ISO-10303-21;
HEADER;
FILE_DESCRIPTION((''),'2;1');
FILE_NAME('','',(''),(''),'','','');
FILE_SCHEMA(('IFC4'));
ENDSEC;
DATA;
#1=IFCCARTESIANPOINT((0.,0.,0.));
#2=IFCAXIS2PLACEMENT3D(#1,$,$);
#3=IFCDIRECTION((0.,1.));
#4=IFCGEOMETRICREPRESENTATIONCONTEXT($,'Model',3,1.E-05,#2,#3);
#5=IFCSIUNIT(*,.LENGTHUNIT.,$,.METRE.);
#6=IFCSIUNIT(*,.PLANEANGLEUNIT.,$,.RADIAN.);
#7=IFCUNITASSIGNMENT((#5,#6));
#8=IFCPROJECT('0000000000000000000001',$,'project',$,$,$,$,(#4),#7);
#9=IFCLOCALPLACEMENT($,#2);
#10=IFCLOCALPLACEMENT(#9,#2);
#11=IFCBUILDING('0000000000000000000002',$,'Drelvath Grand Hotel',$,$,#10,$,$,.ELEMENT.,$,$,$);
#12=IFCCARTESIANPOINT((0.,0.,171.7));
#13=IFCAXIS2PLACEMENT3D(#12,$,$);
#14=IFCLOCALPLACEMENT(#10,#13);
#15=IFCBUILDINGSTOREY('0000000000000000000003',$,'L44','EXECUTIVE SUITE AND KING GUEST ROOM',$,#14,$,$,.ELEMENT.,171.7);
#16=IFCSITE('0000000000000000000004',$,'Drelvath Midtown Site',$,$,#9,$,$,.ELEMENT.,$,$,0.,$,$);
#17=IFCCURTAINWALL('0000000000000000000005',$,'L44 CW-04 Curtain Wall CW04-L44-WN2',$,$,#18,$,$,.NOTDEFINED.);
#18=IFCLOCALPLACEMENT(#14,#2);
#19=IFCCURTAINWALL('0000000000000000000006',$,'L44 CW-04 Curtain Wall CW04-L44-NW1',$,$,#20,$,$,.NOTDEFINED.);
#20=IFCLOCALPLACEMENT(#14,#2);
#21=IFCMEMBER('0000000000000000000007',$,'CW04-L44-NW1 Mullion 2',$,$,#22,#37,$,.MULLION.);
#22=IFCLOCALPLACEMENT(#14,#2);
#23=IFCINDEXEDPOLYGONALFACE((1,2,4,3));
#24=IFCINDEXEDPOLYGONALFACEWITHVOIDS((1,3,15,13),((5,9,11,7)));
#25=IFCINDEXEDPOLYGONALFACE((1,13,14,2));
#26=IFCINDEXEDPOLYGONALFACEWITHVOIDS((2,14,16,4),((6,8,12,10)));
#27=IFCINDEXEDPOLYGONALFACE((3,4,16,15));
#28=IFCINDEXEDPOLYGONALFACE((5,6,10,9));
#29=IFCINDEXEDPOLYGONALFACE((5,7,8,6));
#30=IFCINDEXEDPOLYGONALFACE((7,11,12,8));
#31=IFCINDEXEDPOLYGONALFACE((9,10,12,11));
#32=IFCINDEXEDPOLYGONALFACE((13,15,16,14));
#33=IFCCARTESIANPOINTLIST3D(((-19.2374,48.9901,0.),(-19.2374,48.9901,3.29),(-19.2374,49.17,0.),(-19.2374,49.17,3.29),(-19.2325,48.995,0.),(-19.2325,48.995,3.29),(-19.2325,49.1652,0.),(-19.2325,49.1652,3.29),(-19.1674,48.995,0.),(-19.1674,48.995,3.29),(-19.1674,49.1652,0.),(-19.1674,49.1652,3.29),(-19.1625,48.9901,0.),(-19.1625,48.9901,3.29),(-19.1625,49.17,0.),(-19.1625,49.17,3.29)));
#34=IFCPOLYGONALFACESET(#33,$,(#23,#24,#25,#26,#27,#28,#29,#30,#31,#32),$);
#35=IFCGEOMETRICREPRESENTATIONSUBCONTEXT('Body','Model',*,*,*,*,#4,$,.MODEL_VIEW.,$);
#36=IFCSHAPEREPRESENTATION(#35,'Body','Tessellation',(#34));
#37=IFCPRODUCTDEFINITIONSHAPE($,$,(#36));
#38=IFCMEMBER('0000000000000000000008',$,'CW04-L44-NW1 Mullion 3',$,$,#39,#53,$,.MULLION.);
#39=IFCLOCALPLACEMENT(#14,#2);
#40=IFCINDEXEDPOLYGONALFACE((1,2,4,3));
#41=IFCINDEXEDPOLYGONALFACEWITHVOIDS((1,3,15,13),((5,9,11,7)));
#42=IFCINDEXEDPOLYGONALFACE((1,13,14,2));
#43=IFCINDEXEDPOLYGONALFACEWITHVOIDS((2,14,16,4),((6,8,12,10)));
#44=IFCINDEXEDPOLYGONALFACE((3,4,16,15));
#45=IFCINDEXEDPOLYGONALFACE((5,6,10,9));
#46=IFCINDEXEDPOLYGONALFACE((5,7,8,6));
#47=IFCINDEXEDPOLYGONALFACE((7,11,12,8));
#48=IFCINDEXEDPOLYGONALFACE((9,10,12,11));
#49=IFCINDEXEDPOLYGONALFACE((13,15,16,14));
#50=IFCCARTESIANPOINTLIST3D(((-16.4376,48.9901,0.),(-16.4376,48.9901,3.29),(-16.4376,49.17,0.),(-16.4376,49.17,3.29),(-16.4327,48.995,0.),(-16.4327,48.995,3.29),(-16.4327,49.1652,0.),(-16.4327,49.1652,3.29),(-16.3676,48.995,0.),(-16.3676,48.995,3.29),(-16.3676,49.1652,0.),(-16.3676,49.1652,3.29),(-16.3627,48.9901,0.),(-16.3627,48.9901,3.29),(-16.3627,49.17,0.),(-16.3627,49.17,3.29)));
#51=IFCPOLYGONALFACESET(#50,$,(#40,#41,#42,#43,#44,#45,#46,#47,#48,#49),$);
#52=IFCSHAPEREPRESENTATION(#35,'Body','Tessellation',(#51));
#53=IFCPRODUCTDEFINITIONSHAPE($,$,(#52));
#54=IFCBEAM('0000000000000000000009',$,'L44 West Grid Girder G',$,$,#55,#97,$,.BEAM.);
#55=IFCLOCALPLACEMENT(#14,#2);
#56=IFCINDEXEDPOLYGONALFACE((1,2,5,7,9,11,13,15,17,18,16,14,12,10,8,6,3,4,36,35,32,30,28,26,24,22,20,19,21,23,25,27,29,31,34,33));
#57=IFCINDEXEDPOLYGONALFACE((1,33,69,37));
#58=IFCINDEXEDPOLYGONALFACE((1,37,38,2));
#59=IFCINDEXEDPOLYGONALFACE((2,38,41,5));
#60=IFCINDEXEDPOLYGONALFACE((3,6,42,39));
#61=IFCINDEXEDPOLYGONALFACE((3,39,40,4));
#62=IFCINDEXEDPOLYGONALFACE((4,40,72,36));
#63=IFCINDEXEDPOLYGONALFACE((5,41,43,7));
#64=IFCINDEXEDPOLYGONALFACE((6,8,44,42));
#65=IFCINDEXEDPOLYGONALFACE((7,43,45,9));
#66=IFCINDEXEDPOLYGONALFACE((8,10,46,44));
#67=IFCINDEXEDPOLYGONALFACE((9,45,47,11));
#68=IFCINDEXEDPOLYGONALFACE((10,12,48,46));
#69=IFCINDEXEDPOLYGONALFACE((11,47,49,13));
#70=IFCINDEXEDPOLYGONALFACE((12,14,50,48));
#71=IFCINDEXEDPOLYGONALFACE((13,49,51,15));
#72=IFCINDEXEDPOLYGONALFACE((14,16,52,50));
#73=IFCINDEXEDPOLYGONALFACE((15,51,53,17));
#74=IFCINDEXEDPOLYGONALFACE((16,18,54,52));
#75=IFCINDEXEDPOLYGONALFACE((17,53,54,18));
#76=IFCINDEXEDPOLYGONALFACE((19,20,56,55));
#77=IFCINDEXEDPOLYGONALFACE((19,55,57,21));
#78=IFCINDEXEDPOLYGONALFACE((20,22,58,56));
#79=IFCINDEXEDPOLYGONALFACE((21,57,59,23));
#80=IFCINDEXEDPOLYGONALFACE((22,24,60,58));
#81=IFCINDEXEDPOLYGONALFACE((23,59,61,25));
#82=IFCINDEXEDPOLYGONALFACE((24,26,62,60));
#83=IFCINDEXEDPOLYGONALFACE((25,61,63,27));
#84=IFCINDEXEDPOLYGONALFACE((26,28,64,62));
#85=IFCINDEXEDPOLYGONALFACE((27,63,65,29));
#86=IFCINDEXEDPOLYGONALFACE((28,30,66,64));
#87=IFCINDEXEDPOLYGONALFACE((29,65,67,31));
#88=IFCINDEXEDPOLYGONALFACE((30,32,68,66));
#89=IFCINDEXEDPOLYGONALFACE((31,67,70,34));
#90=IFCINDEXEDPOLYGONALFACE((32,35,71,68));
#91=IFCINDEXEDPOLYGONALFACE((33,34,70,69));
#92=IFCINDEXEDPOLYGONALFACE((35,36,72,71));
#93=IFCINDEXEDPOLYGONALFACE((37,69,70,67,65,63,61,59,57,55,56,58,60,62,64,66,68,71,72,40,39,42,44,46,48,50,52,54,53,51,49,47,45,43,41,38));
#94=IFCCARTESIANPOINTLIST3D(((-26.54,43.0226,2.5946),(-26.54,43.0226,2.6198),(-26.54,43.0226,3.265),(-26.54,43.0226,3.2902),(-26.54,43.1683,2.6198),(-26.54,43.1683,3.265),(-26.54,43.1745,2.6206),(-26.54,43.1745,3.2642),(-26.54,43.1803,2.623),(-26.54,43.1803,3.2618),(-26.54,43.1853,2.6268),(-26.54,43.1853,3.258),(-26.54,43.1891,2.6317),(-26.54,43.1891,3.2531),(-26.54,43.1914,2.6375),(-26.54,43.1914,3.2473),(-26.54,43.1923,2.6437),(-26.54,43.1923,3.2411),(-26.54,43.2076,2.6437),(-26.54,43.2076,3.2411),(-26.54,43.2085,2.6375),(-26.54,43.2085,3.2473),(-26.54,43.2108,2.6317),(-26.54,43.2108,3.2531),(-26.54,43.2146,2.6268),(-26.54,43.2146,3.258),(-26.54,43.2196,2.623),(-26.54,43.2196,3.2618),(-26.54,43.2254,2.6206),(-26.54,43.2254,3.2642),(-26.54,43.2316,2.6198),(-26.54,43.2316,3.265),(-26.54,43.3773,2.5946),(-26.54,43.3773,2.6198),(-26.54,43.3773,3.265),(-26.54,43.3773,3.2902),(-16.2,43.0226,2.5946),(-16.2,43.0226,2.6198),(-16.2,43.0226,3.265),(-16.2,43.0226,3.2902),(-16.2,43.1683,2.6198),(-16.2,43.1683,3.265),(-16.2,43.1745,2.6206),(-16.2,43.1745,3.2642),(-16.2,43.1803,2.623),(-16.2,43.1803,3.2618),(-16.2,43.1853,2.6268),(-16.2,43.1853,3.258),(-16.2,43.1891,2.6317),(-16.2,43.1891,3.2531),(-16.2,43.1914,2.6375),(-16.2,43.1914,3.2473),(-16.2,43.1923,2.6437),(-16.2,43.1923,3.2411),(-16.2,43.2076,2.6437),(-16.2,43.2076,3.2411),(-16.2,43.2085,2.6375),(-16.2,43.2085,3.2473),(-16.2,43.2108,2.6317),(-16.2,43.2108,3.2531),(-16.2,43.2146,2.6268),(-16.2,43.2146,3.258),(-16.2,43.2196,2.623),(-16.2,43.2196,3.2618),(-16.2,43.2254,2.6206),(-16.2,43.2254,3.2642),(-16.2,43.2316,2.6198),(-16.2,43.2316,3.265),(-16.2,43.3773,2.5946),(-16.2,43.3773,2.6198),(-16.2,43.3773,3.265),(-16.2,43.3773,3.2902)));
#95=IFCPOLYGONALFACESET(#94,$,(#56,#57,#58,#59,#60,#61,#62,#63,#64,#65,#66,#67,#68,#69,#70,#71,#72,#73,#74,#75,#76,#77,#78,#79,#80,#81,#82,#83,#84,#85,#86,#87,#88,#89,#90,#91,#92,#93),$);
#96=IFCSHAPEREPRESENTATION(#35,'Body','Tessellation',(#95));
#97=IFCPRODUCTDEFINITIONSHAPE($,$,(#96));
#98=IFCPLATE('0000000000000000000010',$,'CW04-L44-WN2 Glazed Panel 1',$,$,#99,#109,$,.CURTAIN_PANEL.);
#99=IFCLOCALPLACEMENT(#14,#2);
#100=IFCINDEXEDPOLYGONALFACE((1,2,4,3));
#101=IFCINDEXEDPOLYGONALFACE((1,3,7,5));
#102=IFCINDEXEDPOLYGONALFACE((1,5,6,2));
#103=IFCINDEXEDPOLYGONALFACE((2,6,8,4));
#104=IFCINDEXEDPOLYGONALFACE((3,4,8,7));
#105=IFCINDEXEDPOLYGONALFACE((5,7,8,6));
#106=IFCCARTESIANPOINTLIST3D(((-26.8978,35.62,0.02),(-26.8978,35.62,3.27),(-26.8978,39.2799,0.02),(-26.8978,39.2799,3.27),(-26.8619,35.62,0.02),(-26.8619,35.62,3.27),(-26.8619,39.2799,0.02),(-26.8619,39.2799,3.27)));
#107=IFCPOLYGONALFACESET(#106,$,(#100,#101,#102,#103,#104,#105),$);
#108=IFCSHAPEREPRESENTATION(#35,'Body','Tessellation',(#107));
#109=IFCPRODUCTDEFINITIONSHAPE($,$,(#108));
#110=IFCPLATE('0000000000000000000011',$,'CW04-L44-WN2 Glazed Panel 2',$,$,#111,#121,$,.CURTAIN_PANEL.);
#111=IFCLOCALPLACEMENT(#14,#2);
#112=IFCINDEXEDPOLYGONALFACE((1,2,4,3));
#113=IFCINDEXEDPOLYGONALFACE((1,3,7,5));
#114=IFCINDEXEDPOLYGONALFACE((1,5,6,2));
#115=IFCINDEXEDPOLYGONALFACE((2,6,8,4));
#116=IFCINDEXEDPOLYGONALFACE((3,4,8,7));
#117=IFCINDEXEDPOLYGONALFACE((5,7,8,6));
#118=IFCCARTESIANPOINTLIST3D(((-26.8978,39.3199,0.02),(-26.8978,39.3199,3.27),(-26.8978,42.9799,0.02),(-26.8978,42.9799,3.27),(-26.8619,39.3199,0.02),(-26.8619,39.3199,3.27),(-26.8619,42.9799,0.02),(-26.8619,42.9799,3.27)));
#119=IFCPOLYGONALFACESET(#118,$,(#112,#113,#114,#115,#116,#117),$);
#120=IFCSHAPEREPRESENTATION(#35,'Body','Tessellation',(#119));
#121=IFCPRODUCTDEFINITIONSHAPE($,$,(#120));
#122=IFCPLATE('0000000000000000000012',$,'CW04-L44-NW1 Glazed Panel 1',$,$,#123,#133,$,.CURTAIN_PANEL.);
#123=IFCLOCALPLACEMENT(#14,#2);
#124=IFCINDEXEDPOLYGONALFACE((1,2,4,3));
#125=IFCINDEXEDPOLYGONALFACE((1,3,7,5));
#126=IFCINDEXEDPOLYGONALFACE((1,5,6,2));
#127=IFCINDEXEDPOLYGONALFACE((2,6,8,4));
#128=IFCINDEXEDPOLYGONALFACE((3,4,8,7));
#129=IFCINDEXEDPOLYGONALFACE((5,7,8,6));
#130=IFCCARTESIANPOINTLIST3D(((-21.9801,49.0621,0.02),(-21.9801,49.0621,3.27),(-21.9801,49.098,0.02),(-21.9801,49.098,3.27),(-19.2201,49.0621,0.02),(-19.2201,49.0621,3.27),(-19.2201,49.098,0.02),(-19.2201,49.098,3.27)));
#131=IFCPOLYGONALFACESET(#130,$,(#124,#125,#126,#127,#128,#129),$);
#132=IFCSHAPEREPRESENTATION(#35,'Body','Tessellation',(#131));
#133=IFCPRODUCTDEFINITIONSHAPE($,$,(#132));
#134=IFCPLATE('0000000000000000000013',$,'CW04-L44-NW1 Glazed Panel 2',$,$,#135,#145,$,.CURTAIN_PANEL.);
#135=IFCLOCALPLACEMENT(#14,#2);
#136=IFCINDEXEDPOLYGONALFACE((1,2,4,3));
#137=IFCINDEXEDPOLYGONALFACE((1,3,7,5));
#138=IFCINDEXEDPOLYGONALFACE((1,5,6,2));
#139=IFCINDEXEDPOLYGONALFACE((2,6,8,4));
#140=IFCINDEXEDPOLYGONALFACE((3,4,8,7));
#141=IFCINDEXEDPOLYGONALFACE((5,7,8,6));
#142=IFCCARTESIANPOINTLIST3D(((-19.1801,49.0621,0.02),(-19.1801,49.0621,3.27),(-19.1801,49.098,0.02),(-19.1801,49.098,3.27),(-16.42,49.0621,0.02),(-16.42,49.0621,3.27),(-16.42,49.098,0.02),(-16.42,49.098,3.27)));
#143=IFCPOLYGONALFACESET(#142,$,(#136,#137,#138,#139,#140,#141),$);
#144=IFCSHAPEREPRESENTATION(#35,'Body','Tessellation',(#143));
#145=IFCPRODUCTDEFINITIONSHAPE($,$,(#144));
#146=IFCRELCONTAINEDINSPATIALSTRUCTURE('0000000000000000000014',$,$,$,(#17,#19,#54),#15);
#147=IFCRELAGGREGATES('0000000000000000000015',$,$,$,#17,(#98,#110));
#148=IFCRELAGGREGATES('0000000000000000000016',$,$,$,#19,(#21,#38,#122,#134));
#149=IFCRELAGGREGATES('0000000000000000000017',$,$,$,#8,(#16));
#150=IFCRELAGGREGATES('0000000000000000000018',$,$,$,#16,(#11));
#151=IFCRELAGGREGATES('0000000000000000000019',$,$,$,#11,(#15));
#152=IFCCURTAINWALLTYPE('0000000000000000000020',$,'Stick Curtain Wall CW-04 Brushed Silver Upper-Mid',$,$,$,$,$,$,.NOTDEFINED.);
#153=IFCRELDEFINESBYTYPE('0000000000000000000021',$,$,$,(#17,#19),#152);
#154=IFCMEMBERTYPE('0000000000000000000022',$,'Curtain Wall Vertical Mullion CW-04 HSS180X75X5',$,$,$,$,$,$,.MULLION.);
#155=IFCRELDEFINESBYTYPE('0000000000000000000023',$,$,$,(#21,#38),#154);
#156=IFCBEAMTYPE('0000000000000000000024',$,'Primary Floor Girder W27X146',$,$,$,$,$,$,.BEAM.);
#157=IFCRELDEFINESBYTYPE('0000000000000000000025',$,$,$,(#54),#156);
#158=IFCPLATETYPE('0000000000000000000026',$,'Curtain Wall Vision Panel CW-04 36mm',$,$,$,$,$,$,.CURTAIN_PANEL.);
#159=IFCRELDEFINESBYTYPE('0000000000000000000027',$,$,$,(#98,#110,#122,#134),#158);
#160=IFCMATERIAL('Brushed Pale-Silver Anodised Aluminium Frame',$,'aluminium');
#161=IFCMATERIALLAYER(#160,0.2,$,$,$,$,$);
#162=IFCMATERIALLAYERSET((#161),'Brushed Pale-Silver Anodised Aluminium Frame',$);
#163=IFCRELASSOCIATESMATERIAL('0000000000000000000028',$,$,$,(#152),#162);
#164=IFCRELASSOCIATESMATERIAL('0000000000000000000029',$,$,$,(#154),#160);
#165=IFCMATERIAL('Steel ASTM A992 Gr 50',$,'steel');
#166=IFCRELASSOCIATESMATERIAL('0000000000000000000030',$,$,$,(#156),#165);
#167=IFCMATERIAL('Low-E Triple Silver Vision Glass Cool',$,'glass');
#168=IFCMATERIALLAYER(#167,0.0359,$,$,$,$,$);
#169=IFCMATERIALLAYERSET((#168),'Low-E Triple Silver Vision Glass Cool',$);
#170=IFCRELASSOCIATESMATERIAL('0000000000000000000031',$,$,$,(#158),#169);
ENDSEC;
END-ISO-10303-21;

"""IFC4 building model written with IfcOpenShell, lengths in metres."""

from ifc_helpers import new_model, si_unit, direction, frame, origin, origin_2d, place, context, subcontext, project, spatial, rectangle, hollow_rectangle, i_section, extrude, material, layer, layer_set, material_profile, profile_set, type_object, element, aggregate, save


model = new_model("IFC4")

# Units and contexts
model_context = context("Model", 3, precision=1e-05, world=origin(), true_north=direction((0.0, 1.0)))
body_context = subcontext(model_context, "Body", "Model", "MODEL_VIEW")
ifc_project = project(units=[si_unit("LENGTHUNIT", "METRE"), si_unit("PLANEANGLEUNIT", "RADIAN")], contexts=[model_context])

# Site, building, storey
site_placement = place(None, origin())
site = spatial("IfcSite", under=ifc_project, at=site_placement, Name="Drelvath Midtown Site", CompositionType="ELEMENT", RefElevation=0.0)
building_placement = place(site_placement, origin())
building = spatial("IfcBuilding", under=site, at=building_placement, Name="Drelvath Grand Hotel", CompositionType="ELEMENT")
storey_placement = place(building_placement, frame((0.0, 0.0, 171.7)))
storey = spatial("IfcBuildingStorey", under=building, at=storey_placement, Name="L44", Description="EXECUTIVE SUITE AND KING GUEST ROOM", CompositionType="ELEMENT", Elevation=171.7)

# Shared definitions
ifc_material_1 = material(Name="Steel ASTM A992 Gr 50", Category="steel")

# Curtain walls
ifc_material_2 = material(Name="Brushed Pale-Silver Anodised Aluminium Frame", Category="aluminium")
ifc_layer_1 = layer(ifc_material_2, 0.2)
ifc_layer_set_1 = layer_set([ifc_layer_1], Name="Brushed Pale-Silver Anodised Aluminium Frame")
curtain_wall_type = type_object("IfcCurtainWallType", Name="Stick Curtain Wall CW-04 Brushed Silver Upper-Mid", PredefinedType="NOTDEFINED", material=ifc_layer_set_1)
curtain_wall_1_placement = place(storey_placement, origin())
curtain_wall_1 = element("IfcCurtainWall", 1, at=curtain_wall_1_placement, inside=storey, type_object=curtain_wall_type, Name="L44 CW-04 Curtain Wall CW04-L44-WN2", PredefinedType="NOTDEFINED")
curtain_wall_2_placement = place(storey_placement, origin())
curtain_wall_2 = element("IfcCurtainWall", 2, at=curtain_wall_2_placement, inside=storey, type_object=curtain_wall_type, Name="L44 CW-04 Curtain Wall CW04-L44-NW1", PredefinedType="NOTDEFINED")

# Members
ifc_material_profile_1 = material_profile(ifc_material_2, hollow_rectangle(XDim=0.075, YDim=0.1799, WallThickness=0.0049, at=origin_2d()), Name="HSS180X75X5")
ifc_profile_set_1 = profile_set([ifc_material_profile_1], Name="Brushed Pale-Silver Anodised Aluminium Frame")
member_type_1 = type_object("IfcMemberType", Name="Curtain Wall Vertical Mullion CW-04 HSS180X75X5", PredefinedType="MULLION", material=ifc_profile_set_1)
member_1_placement = place(storey_placement, frame((-19.2, 49.0801, 0.0), z_axis=(0.0, 0.0, 1.0), x_axis=(1.0, 0.0, 0.0)))
member_1 = element("IfcMember", 3, at=member_1_placement, type_object=member_type_1, Name="CW04-L44-NW1 Mullion 2", PredefinedType="MULLION", context=body_context, shape_type="SweptSolid", body=[
    extrude(hollow_rectangle(XDim=0.075, YDim=0.1799, WallThickness=0.0049, at=origin_2d()), origin(), (0.0, 0.0, 1.0), 3.29),
])
member_2_placement = place(storey_placement, frame((-16.4001, 49.0801, 0.0), z_axis=(0.0, 0.0, 1.0), x_axis=(1.0, 0.0, 0.0)))
member_2 = element("IfcMember", 4, at=member_2_placement, type_object=member_type_1, Name="CW04-L44-NW1 Mullion 3", PredefinedType="MULLION", context=body_context, shape_type="SweptSolid", body=[
    extrude(hollow_rectangle(XDim=0.075, YDim=0.1799, WallThickness=0.0049, at=origin_2d()), origin(), (0.0, 0.0, 1.0), 3.29),
])

# Beam
ifc_material_profile_2 = material_profile(ifc_material_1, i_section(OverallWidth=0.3547, OverallDepth=0.6956, WebThickness=0.0154, FlangeThickness=0.0251, FilletRadius=0.0239, at=origin_2d()), Name="W27X146")
ifc_profile_set_2 = profile_set([ifc_material_profile_2], Name="Steel ASTM A992 Gr 50")
beam_type_1 = type_object("IfcBeamType", Name="Primary Floor Girder W27X146", PredefinedType="BEAM", material=ifc_profile_set_2)
beam_1_placement = place(storey_placement, frame((-26.54, 43.2, 2.9424), z_axis=(1.0, 0.0, 0.0), x_axis=(0.0, 1.0, 0.0)))
element("IfcBeam", 5, at=beam_1_placement, inside=storey, type_object=beam_type_1, Name="L44 West Grid Girder G", PredefinedType="BEAM", context=body_context, shape_type="SweptSolid", body=[
    extrude(i_section(OverallWidth=0.3547, OverallDepth=0.6956, WebThickness=0.0154, FlangeThickness=0.0251, FilletRadius=0.0239, at=origin_2d()), origin(), (0.0, 0.0, 1.0), 10.3401),
])

# Plates
ifc_material_3 = material(Name="Low-E Triple Silver Vision Glass Cool", Category="glass")
ifc_layer_2 = layer(ifc_material_3, 0.0359)
ifc_layer_set_2 = layer_set([ifc_layer_2], Name="Low-E Triple Silver Vision Glass Cool")
plate_type = type_object("IfcPlateType", Name="Curtain Wall Vision Panel CW-04 36mm", PredefinedType="CURTAIN_PANEL", material=ifc_layer_set_2)
plate_1_placement = place(storey_placement, frame((-26.8799, 37.45, 0.02), z_axis=(0.0, 0.0, 1.0), x_axis=(0.0, 1.0, 0.0)))
plate_1 = element("IfcPlate", 6, at=plate_1_placement, type_object=plate_type, Name="CW04-L44-WN2 Glazed Panel 1", PredefinedType="CURTAIN_PANEL", context=body_context, shape_type="SweptSolid", body=[
    extrude(rectangle(XDim=3.6599, YDim=0.0359, at=origin_2d()), origin(), (0.0, 0.0, 1.0), 3.25),
])
plate_2_placement = place(storey_placement, frame((-26.8799, 41.1499, 0.02), z_axis=(0.0, 0.0, 1.0), x_axis=(0.0, 1.0, 0.0)))
plate_2 = element("IfcPlate", 7, at=plate_2_placement, type_object=plate_type, Name="CW04-L44-WN2 Glazed Panel 2", PredefinedType="CURTAIN_PANEL", context=body_context, shape_type="SweptSolid", body=[
    extrude(rectangle(XDim=3.6599, YDim=0.0359, at=origin_2d()), origin(), (0.0, 0.0, 1.0), 3.25),
])
aggregate(curtain_wall_1, [plate_1, plate_2])
plate_3_placement = place(storey_placement, frame((-20.6001, 49.0801, 0.02), z_axis=(0.0, 0.0, 1.0), x_axis=(1.0, 0.0, 0.0)))
plate_3 = element("IfcPlate", 8, at=plate_3_placement, type_object=plate_type, Name="CW04-L44-NW1 Glazed Panel 1", PredefinedType="CURTAIN_PANEL", context=body_context, shape_type="SweptSolid", body=[
    extrude(rectangle(XDim=2.76, YDim=0.0359, at=origin_2d()), origin(), (0.0, 0.0, 1.0), 3.25),
])
plate_4_placement = place(storey_placement, frame((-17.8, 49.0801, 0.02), z_axis=(0.0, 0.0, 1.0), x_axis=(1.0, 0.0, 0.0)))
plate_4 = element("IfcPlate", 9, at=plate_4_placement, type_object=plate_type, Name="CW04-L44-NW1 Glazed Panel 2", PredefinedType="CURTAIN_PANEL", context=body_context, shape_type="SweptSolid", body=[
    extrude(rectangle(XDim=2.76, YDim=0.0359, at=origin_2d()), origin(), (0.0, 0.0, 1.0), 3.25),
])
aggregate(curtain_wall_2, [member_1, member_2, plate_3, plate_4])

save(model, "model.ifc")
